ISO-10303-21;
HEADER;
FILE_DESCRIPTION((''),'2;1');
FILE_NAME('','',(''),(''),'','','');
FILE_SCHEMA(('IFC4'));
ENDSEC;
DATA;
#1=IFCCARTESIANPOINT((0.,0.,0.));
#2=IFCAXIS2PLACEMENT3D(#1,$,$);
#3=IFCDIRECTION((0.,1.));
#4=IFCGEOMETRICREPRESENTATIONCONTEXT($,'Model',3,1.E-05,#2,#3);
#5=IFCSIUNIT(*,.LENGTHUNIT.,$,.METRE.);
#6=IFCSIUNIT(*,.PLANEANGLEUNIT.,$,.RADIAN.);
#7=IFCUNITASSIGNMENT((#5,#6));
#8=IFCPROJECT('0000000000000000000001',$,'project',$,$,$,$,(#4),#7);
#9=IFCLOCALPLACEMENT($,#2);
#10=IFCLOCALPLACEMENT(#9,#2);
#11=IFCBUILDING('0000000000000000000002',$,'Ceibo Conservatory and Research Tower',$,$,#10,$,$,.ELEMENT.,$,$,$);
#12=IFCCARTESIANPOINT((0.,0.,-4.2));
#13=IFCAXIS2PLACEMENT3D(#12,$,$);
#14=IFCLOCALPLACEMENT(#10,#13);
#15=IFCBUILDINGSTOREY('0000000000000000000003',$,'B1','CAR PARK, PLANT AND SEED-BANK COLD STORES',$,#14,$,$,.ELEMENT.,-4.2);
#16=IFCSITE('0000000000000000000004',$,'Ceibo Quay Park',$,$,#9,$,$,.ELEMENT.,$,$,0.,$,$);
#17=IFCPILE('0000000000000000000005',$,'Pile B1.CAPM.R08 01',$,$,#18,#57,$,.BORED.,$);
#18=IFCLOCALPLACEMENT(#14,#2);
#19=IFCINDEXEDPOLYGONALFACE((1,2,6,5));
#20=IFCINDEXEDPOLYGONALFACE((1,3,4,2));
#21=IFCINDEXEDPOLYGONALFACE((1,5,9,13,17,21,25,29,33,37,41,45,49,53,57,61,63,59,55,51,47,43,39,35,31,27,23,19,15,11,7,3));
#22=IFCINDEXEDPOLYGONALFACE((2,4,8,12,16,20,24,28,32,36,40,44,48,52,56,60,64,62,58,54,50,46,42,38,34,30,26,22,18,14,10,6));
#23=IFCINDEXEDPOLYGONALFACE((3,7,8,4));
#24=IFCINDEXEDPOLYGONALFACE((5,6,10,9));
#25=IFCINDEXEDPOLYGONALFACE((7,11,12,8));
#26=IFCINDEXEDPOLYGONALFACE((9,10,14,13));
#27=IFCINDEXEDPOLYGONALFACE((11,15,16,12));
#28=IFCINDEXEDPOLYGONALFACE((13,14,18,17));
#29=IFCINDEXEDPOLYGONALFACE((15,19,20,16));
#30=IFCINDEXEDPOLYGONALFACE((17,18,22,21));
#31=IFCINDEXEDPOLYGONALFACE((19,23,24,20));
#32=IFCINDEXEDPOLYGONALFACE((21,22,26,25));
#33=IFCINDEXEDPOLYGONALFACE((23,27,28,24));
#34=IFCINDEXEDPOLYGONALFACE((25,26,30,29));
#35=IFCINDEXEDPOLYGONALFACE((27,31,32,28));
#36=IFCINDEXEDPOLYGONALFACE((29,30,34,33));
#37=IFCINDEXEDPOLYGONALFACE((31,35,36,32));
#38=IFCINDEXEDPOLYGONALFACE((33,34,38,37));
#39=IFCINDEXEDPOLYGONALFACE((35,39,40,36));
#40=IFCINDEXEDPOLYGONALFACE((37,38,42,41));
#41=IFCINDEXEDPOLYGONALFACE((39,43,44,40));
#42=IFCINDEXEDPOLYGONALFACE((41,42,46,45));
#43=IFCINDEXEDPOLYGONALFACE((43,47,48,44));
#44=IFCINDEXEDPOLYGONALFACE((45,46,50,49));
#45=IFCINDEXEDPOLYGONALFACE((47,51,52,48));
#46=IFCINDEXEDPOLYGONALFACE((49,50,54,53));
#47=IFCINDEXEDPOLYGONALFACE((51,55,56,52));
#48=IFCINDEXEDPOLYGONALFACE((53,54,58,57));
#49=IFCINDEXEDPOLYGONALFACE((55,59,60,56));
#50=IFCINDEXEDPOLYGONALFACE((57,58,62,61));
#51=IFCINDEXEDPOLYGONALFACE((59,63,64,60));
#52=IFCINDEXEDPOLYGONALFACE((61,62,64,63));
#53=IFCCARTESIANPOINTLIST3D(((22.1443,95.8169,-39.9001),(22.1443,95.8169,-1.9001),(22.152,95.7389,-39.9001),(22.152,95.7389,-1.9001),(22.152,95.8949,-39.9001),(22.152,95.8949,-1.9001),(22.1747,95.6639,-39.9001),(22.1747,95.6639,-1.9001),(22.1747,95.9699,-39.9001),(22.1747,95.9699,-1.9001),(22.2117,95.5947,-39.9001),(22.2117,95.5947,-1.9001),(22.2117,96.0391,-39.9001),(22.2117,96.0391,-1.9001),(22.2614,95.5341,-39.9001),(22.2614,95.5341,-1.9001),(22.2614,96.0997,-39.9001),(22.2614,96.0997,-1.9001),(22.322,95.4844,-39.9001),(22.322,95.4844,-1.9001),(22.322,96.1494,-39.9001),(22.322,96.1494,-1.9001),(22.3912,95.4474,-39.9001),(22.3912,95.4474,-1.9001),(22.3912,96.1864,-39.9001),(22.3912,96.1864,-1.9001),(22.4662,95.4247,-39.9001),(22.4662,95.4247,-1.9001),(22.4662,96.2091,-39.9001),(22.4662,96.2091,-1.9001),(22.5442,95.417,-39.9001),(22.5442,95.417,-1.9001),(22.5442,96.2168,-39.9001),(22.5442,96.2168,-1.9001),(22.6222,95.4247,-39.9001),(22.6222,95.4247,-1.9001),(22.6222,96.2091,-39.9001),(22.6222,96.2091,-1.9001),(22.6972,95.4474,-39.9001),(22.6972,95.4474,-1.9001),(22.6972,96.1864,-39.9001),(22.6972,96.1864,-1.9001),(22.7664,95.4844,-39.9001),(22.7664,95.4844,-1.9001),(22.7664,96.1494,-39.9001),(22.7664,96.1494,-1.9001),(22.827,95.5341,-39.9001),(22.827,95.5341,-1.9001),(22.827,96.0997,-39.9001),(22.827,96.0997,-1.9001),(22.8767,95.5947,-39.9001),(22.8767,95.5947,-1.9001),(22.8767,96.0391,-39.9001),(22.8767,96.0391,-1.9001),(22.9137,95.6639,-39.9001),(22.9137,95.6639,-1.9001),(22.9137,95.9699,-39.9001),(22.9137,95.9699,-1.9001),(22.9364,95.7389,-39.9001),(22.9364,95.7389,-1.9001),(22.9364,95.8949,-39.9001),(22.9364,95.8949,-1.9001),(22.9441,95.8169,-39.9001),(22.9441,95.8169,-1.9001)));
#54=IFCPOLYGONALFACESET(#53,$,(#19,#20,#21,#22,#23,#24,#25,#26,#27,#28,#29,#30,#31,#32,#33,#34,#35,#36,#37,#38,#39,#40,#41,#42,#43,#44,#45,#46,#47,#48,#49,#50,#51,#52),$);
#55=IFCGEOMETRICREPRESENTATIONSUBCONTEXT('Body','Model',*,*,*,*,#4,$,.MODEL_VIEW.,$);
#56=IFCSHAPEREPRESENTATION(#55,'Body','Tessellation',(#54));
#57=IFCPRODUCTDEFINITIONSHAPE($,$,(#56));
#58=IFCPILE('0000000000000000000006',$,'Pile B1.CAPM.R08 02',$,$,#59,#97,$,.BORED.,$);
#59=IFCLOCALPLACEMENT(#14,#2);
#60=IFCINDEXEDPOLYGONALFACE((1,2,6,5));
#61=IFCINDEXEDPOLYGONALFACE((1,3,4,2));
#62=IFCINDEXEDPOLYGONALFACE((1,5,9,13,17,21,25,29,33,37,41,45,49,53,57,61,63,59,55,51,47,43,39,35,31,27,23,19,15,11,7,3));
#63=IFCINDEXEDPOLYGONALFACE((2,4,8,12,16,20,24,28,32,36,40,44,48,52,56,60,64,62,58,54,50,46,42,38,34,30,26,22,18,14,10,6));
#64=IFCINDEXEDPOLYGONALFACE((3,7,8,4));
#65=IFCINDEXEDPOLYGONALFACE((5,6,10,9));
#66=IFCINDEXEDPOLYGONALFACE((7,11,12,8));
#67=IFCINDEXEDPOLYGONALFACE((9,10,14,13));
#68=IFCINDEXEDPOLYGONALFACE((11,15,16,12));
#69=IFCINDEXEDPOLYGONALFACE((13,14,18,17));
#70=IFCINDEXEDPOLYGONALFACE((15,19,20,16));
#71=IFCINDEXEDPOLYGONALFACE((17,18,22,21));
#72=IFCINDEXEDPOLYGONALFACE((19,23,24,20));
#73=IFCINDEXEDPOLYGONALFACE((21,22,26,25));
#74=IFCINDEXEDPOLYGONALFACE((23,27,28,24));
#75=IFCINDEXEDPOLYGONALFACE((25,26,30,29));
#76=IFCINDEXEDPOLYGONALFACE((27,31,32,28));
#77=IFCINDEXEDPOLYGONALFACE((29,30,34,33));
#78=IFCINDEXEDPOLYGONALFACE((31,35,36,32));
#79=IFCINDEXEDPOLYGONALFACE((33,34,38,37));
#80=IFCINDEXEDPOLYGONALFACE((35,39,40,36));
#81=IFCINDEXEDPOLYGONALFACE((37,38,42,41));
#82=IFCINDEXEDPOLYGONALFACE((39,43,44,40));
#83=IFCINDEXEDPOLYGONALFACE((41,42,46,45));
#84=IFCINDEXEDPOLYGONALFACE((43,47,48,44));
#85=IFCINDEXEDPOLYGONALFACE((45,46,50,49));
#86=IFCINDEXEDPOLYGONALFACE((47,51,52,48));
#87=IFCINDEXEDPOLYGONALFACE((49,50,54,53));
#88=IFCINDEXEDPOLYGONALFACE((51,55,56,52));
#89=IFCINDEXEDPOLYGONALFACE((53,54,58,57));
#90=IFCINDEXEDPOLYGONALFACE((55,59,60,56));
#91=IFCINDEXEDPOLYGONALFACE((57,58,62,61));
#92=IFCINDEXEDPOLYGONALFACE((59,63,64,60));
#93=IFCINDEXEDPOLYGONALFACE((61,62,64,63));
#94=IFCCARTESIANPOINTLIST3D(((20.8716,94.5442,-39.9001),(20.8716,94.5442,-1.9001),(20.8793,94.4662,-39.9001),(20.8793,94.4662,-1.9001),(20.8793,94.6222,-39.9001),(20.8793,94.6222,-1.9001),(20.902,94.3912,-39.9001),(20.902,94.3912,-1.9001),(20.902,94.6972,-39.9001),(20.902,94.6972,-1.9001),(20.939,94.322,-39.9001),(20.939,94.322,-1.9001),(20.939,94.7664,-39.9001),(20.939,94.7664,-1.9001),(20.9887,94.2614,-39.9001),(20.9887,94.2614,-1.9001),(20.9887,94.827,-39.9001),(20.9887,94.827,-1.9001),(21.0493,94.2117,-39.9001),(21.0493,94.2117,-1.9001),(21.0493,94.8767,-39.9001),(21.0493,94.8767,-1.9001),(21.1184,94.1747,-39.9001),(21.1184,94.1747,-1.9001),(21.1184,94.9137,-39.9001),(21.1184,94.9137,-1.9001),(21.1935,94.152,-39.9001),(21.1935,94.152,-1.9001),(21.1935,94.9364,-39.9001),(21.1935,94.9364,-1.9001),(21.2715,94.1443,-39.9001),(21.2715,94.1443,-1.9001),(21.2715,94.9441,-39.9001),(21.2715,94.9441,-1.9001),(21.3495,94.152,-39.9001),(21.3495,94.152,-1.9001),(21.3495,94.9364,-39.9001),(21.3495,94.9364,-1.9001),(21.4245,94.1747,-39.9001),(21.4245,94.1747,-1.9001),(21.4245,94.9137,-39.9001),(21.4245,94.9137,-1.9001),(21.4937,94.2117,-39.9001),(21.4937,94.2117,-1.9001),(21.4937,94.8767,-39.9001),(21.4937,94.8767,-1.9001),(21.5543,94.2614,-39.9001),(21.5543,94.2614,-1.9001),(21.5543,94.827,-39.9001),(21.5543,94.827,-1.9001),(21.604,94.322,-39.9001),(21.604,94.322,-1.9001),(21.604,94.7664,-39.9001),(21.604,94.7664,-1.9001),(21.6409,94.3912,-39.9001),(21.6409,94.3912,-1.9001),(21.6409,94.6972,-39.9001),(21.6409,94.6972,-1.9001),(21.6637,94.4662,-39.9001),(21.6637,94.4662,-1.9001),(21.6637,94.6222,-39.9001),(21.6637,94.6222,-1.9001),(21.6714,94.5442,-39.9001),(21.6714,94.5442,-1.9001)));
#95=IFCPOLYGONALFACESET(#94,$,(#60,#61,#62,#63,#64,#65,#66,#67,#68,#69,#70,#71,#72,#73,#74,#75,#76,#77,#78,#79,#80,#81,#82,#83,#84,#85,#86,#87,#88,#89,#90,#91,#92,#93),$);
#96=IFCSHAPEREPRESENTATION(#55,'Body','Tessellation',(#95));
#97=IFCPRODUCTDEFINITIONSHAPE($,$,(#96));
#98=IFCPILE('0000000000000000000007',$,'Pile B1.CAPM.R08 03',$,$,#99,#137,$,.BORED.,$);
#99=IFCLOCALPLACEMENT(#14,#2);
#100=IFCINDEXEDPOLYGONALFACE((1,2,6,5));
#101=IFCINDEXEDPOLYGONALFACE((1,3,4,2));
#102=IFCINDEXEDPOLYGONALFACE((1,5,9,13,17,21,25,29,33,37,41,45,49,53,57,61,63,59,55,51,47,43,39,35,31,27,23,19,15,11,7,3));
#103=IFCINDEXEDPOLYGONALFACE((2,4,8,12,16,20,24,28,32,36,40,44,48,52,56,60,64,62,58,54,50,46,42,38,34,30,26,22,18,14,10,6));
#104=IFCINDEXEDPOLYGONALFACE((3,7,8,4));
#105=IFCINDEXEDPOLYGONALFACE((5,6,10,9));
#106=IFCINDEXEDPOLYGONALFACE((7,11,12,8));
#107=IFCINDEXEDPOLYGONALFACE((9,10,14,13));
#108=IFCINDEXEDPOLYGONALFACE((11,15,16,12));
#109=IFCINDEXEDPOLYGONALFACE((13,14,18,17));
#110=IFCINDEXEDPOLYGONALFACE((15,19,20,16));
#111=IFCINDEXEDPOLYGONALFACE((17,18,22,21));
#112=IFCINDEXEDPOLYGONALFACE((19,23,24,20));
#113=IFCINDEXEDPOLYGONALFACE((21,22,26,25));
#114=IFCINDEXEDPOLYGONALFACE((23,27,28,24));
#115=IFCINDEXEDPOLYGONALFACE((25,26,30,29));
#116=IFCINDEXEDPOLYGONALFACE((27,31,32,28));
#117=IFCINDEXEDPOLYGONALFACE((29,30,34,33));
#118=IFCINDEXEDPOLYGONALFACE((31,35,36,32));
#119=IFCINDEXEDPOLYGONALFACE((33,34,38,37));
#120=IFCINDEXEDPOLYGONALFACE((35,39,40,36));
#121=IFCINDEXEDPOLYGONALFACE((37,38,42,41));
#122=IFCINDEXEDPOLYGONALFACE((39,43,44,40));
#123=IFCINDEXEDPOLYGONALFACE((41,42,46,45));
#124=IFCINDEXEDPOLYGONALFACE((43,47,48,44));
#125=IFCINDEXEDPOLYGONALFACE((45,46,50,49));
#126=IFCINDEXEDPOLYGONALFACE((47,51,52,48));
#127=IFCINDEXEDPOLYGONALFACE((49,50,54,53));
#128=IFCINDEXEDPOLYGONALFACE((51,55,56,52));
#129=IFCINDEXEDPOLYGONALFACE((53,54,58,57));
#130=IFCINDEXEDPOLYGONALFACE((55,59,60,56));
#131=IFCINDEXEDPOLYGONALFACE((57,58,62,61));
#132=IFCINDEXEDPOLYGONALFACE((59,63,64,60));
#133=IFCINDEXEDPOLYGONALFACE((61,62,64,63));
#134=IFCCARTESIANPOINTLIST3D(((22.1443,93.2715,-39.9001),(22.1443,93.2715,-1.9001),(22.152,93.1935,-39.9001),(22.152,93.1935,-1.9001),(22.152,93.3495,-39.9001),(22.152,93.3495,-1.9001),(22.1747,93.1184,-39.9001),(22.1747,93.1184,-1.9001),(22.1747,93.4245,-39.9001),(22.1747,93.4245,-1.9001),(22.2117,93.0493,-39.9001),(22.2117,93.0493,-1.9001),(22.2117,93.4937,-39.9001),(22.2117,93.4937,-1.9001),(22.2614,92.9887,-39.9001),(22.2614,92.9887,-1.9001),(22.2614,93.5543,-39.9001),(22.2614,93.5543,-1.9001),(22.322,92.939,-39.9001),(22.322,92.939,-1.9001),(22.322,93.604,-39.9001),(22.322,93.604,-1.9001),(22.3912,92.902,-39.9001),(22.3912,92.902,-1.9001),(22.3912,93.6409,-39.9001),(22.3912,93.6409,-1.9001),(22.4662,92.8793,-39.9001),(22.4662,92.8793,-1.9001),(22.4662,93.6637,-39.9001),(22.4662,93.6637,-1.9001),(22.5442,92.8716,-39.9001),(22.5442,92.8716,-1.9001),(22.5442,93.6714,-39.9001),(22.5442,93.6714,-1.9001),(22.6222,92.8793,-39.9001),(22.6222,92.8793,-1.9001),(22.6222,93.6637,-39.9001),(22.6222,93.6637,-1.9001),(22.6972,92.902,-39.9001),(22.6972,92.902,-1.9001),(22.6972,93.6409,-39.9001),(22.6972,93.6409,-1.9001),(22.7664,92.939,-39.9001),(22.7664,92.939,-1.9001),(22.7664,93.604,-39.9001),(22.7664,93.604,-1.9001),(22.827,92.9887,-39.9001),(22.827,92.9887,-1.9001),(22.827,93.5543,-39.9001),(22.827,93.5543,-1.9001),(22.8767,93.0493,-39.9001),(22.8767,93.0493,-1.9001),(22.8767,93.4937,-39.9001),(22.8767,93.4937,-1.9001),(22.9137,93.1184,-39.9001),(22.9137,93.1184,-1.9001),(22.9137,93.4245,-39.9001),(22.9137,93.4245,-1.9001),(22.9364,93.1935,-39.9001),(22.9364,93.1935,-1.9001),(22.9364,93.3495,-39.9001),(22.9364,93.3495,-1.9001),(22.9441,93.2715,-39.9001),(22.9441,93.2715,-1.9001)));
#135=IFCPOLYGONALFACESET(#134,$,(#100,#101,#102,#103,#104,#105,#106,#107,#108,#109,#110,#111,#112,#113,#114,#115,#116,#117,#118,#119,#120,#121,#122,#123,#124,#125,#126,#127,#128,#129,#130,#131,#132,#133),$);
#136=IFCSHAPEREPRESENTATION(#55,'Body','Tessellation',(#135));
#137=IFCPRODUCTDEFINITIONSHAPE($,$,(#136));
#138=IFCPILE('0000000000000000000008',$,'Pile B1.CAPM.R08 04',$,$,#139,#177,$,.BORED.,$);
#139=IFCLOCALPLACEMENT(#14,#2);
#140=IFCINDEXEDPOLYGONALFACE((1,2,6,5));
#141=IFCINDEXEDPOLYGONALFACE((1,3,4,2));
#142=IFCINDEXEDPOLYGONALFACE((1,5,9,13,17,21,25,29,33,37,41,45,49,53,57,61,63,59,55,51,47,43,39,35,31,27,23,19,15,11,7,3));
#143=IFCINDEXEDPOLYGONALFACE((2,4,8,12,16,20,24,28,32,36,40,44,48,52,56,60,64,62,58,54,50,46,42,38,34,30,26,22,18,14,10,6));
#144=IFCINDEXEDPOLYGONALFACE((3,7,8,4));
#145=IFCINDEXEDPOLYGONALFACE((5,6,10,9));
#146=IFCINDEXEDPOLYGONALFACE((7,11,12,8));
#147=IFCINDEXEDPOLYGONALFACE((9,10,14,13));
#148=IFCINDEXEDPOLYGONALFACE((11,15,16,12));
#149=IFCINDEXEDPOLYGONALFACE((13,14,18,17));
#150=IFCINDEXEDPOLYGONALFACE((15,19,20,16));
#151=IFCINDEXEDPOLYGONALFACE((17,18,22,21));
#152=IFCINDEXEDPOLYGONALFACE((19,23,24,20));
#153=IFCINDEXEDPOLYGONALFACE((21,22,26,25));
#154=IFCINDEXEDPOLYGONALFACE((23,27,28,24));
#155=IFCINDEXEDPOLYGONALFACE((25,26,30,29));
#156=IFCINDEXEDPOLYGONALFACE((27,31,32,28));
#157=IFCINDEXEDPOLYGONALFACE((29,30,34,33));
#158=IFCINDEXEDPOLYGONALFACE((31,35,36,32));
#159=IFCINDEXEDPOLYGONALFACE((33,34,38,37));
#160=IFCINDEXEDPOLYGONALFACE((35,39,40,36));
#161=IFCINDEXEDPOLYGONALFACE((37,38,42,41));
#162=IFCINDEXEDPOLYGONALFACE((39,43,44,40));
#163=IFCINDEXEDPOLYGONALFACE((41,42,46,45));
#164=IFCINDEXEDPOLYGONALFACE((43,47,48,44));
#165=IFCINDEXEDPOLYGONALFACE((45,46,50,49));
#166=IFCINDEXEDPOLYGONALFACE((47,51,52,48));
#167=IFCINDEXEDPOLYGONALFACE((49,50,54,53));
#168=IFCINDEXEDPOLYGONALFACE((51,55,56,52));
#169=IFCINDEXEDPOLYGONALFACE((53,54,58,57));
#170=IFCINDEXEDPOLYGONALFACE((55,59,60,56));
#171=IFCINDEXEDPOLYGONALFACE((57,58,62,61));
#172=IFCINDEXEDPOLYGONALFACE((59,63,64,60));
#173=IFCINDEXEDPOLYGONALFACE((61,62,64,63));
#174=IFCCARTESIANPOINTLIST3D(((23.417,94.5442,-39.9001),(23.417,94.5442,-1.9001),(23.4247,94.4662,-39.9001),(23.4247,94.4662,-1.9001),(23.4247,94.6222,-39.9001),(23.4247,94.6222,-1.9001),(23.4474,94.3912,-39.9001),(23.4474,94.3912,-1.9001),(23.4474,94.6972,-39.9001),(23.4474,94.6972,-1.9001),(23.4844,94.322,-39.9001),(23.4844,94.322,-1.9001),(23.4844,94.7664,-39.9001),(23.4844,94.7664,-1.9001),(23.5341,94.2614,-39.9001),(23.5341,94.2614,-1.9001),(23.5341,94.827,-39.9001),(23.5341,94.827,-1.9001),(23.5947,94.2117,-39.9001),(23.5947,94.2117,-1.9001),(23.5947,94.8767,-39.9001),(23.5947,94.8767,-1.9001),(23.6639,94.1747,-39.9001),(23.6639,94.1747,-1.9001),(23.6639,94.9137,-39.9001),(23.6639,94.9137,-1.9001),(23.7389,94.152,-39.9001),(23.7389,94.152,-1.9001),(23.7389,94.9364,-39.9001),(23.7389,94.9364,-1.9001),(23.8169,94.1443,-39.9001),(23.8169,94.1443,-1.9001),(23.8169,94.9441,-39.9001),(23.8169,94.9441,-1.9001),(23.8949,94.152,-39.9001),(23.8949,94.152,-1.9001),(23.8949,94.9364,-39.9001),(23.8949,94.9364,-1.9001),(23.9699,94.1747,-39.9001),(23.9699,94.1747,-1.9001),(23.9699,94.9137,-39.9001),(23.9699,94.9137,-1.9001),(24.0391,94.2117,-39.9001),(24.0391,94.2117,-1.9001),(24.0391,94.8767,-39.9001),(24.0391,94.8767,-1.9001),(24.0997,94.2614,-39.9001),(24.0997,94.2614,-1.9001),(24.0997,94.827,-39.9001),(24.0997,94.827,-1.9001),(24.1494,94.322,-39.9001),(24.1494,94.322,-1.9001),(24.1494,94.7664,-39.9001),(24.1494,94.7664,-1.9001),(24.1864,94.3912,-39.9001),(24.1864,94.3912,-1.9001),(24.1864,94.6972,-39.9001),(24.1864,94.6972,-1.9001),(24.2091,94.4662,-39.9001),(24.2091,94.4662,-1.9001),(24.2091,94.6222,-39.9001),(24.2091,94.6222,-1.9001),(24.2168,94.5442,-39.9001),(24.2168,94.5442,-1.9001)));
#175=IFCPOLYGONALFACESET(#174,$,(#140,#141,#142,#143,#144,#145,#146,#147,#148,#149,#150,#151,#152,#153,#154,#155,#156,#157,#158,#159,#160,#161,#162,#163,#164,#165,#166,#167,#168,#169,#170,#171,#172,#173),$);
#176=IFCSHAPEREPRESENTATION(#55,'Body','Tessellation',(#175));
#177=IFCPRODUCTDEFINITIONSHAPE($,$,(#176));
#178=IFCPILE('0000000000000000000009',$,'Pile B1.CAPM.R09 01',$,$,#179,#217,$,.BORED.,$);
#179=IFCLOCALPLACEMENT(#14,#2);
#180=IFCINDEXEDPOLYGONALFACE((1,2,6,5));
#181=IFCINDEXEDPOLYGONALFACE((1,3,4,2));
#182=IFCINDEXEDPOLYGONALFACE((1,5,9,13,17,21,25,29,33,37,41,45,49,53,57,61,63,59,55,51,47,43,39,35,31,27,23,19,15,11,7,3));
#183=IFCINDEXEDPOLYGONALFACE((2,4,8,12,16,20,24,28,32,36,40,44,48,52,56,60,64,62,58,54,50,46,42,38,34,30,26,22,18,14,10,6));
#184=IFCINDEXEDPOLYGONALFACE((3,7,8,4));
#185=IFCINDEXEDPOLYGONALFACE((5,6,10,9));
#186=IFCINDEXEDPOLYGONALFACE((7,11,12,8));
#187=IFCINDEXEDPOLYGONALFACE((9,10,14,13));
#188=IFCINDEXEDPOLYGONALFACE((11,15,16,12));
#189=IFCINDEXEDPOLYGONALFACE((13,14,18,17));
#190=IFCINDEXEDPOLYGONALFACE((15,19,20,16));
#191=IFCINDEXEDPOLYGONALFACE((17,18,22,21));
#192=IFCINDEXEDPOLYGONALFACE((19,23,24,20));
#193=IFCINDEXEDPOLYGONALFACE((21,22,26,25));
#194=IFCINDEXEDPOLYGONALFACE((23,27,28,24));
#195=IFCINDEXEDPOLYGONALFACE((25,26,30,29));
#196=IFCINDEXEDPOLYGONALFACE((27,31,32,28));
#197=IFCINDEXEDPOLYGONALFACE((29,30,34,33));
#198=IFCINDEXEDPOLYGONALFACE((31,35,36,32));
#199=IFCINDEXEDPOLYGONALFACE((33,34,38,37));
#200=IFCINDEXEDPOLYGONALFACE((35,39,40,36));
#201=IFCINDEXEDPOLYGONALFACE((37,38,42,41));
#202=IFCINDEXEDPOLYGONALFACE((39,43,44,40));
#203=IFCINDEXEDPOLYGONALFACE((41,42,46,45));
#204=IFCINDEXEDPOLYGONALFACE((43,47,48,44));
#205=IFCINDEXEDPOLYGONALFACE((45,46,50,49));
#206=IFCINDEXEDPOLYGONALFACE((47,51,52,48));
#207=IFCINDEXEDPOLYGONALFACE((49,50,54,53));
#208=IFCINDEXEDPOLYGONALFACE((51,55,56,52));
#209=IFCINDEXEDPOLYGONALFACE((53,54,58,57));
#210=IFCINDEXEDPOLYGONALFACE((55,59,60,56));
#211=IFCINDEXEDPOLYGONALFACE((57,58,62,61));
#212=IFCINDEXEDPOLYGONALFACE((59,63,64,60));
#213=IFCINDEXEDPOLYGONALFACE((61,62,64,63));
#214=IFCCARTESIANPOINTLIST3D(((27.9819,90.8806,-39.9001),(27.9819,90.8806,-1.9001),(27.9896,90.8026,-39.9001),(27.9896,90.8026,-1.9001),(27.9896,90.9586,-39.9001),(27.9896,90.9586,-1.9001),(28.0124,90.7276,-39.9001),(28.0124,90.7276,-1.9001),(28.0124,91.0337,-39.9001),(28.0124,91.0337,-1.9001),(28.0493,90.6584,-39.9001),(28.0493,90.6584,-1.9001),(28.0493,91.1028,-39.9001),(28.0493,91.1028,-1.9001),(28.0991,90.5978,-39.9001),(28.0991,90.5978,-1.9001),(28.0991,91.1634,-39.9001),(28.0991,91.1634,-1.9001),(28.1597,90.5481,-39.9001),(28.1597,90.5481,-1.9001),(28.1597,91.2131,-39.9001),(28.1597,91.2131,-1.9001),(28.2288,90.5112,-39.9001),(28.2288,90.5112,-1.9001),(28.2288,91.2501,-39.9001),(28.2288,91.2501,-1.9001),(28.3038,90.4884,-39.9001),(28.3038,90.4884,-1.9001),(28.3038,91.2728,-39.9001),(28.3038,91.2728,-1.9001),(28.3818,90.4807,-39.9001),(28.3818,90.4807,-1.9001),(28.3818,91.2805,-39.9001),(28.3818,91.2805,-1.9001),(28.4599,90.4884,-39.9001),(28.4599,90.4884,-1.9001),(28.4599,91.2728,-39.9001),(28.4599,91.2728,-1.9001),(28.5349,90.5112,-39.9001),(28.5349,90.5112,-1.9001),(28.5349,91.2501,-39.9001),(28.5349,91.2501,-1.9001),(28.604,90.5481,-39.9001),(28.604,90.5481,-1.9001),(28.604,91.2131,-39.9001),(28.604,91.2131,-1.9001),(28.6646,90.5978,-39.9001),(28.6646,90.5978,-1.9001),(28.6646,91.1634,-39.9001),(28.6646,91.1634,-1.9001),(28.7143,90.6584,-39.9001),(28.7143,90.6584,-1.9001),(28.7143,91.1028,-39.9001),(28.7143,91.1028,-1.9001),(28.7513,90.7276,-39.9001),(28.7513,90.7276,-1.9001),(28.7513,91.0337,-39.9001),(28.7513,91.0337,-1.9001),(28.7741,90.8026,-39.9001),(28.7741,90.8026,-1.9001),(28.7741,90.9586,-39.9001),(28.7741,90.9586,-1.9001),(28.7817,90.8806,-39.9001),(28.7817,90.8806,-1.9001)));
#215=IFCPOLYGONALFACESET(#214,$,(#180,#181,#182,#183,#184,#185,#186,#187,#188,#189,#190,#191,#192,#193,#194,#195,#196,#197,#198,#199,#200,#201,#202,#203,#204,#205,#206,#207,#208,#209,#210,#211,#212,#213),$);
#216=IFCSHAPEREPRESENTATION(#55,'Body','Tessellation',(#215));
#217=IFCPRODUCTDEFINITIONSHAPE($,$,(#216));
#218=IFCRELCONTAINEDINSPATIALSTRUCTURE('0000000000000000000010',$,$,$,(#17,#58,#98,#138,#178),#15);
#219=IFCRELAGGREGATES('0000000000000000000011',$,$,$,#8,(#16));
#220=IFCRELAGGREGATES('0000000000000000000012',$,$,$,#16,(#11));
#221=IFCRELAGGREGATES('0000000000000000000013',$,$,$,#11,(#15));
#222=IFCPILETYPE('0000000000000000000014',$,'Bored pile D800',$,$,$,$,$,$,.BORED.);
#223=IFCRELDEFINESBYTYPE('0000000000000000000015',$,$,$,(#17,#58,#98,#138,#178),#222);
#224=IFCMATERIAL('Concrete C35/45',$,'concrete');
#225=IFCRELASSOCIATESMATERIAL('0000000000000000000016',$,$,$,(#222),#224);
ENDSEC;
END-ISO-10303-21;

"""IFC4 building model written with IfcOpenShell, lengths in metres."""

from ifc_helpers import new_model, si_unit, direction, frame, origin, origin_2d, place, context, subcontext, project, spatial, circle, extrude, material, material_profile, profile_set, type_object, element, save


model = new_model("IFC4")

# Units and contexts
model_context = context("Model", 3, precision=1e-05, world=origin(), true_north=direction((0.0, 1.0)))
body_context = subcontext(model_context, "Body", "Model", "MODEL_VIEW")
ifc_project = project(units=[si_unit("LENGTHUNIT", "METRE"), si_unit("PLANEANGLEUNIT", "RADIAN")], contexts=[model_context])

# Site, building, storey
site_placement = place(None, origin())
site = spatial("IfcSite", under=ifc_project, at=site_placement, Name="Ceibo Quay Park", CompositionType="ELEMENT", RefElevation=0.0)
building_placement = place(site_placement, origin())
building = spatial("IfcBuilding", under=site, at=building_placement, Name="Ceibo Conservatory and Research Tower", CompositionType="ELEMENT")
storey_placement = place(building_placement, frame((0.0, 0.0, -4.2)))
storey = spatial("IfcBuildingStorey", under=building, at=storey_placement, Name="B1", Description="CAR PARK, PLANT AND SEED-BANK COLD STORES", CompositionType="ELEMENT", Elevation=-4.2)

# Piles
ifc_material_1 = material(Name="Concrete C35/45", Category="concrete")
ifc_material_profile_1 = material_profile(ifc_material_1, circle(Radius=0.3999, at=origin_2d()), Name="RC D800")
ifc_profile_set_1 = profile_set([ifc_material_profile_1], Name="Concrete C35/45")
pile_type_1 = type_object("IfcPileType", Name="Bored pile D800", PredefinedType="BORED", material=ifc_profile_set_1)
for number, where, z_axis, x_axis, name in (
    (1, (22.5442, 95.8169, -1.9001), (0.0, 0.0, -1.0), (1.0, 0.0, 0.0), "Pile B1.CAPM.R08 01"),
    (2, (21.2715, 94.5442, -1.9001), (0.0, 0.0, -1.0), (1.0, 0.0, 0.0), "Pile B1.CAPM.R08 02"),
    (3, (22.5442, 93.2715, -1.9001), (0.0, 0.0, -1.0), (1.0, 0.0, 0.0), "Pile B1.CAPM.R08 03"),
    (4, (23.8169, 94.5442, -1.9001), (0.0, 0.0, -1.0), (1.0, 0.0, 0.0), "Pile B1.CAPM.R08 04"),
    (5, (28.3818, 90.8806, -1.9001), (0.0, 0.0, -1.0), (1.0, 0.0, 0.0), "Pile B1.CAPM.R09 01"),
):
    element("IfcPile", number, at=place(storey_placement, frame(where, z_axis=z_axis, x_axis=x_axis)), inside=storey, type_object=pile_type_1, Name=name, PredefinedType="BORED", context=body_context, shape_type="SweptSolid", body=[
        extrude(circle(Radius=0.3999, at=origin_2d()), origin(), (0.0, 0.0, 1.0), 38.0),
    ])

save(model, "model.ifc")
